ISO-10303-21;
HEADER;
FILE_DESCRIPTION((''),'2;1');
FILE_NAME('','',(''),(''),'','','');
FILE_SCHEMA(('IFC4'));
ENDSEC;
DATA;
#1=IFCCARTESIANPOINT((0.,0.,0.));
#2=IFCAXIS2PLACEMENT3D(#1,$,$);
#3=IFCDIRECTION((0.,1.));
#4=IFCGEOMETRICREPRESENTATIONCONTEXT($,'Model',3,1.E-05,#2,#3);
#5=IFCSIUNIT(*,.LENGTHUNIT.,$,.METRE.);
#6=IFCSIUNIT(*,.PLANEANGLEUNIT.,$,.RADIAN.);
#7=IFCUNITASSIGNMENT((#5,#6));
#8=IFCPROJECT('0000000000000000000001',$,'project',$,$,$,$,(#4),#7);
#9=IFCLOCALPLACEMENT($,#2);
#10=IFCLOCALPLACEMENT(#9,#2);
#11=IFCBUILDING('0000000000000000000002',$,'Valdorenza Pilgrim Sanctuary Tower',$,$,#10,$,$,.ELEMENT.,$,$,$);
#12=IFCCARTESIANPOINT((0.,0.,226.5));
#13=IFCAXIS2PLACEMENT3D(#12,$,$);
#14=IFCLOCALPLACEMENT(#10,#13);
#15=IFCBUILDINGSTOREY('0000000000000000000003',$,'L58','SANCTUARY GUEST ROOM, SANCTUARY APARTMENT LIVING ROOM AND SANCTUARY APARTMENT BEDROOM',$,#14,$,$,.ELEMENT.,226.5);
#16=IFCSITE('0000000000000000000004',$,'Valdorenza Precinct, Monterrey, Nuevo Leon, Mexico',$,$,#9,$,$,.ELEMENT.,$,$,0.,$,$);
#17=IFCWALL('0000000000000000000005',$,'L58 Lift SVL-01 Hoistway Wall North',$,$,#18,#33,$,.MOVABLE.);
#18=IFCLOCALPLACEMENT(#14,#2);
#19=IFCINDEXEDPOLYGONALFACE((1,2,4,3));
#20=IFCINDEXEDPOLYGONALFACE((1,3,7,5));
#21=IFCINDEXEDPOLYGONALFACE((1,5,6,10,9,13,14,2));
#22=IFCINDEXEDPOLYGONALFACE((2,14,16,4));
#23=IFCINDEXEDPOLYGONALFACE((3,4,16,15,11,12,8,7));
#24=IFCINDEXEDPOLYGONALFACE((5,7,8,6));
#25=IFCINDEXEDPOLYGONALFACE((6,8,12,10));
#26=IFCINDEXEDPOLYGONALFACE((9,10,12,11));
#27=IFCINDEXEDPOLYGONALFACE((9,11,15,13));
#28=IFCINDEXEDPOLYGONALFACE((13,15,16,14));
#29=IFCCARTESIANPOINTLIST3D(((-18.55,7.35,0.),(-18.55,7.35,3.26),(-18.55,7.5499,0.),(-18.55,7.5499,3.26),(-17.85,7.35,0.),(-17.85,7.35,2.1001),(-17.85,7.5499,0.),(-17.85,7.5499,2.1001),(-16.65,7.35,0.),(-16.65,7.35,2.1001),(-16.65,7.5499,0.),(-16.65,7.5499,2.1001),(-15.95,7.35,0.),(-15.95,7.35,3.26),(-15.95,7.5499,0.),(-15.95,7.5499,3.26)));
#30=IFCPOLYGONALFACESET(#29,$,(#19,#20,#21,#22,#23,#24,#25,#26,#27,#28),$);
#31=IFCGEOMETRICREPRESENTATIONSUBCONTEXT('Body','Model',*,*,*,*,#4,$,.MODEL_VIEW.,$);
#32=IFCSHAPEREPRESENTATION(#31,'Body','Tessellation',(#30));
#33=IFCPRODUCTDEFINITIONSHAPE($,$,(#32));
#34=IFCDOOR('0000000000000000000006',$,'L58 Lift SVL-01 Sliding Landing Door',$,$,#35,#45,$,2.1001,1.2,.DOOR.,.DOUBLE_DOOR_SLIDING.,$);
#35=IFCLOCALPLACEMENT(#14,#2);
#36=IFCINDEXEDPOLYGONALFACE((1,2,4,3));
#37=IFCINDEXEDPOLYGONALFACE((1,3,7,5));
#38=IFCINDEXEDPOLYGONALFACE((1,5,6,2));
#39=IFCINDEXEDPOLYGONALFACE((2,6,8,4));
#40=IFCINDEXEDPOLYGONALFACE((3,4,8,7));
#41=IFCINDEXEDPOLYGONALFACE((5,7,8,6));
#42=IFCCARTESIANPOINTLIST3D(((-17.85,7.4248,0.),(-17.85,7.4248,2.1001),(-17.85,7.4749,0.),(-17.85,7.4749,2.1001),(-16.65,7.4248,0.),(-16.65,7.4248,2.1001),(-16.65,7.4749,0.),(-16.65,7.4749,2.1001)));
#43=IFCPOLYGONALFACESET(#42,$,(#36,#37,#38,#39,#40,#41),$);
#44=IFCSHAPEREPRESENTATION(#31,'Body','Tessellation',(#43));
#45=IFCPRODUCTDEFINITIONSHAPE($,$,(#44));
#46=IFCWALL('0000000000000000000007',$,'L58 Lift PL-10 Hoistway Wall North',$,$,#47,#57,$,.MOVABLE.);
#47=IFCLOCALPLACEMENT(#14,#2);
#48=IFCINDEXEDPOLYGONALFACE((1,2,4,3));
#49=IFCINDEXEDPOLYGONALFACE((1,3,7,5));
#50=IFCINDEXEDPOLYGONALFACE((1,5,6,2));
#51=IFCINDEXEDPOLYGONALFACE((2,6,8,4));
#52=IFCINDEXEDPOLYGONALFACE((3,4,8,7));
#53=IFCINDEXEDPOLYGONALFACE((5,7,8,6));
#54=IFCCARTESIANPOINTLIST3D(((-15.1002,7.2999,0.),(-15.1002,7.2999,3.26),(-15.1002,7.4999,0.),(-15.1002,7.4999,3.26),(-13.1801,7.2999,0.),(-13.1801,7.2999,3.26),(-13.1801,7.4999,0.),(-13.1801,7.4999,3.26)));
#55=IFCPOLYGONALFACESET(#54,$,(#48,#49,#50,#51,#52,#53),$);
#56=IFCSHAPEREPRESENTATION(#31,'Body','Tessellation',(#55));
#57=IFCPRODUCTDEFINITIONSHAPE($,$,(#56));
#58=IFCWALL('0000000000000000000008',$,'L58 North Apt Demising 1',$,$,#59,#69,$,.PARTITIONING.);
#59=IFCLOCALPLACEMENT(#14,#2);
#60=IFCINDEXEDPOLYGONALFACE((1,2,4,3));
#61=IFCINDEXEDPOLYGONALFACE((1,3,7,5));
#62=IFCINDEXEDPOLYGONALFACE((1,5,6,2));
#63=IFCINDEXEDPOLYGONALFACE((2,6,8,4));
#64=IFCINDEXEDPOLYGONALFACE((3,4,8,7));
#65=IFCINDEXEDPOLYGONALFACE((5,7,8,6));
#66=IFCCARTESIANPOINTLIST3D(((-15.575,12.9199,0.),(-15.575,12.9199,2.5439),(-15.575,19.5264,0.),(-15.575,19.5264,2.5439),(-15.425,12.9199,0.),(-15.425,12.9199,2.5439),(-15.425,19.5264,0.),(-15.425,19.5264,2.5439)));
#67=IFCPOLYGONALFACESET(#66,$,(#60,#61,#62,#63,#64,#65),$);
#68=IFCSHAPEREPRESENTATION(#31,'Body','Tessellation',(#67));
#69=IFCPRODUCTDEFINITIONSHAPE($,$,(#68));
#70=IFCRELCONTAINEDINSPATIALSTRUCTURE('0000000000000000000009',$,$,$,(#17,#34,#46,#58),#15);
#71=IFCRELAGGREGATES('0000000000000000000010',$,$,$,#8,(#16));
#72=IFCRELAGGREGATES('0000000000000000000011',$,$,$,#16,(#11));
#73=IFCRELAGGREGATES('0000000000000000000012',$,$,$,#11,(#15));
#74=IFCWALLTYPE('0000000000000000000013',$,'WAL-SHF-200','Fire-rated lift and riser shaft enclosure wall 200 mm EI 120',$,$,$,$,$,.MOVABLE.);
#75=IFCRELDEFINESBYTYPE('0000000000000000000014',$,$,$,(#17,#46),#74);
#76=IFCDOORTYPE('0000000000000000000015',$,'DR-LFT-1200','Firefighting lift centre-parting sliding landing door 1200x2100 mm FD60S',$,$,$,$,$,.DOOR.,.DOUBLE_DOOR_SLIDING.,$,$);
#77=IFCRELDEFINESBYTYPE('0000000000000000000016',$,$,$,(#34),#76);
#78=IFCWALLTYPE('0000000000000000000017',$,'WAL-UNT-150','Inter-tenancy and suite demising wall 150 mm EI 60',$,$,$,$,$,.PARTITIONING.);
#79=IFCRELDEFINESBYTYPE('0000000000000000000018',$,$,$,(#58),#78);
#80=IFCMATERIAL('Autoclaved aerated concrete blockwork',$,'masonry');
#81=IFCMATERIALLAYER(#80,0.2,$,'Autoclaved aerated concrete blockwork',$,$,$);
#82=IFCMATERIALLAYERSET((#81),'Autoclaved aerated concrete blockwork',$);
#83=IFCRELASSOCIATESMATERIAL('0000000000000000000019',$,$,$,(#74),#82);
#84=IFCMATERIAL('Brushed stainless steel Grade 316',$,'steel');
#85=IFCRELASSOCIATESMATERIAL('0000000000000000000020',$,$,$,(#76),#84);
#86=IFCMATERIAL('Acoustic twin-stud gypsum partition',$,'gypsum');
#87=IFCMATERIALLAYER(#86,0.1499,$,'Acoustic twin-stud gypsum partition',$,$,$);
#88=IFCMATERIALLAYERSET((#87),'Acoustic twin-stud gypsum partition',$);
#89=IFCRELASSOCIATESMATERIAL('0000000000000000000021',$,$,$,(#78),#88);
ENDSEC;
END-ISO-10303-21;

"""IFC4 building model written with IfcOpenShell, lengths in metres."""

from ifc_helpers import new_model, si_unit, direction, frame, frame_2d, origin, place, context, subcontext, project, spatial, rectangle, extrude, material, layer, layer_set, type_object, element, fill, save


model = new_model("IFC4")

# Units and contexts
model_context = context("Model", 3, precision=1e-05, world=origin(), true_north=direction((0.0, 1.0)))
body_context = subcontext(model_context, "Body", "Model", "MODEL_VIEW")
ifc_project = project(units=[si_unit("LENGTHUNIT", "METRE"), si_unit("PLANEANGLEUNIT", "RADIAN")], contexts=[model_context])

# Site, building, storey
site_placement = place(None, origin())
site = spatial("IfcSite", under=ifc_project, at=site_placement, Name="Valdorenza Precinct, Monterrey, Nuevo Leon, Mexico", CompositionType="ELEMENT", RefElevation=0.0)
building_placement = place(site_placement, origin())
building = spatial("IfcBuilding", under=site, at=building_placement, Name="Valdorenza Pilgrim Sanctuary Tower", CompositionType="ELEMENT")
storey_placement = place(building_placement, frame((0.0, 0.0, 226.5)))
storey = spatial("IfcBuildingStorey", under=building, at=storey_placement, Name="L58", Description="SANCTUARY GUEST ROOM, SANCTUARY APARTMENT LIVING ROOM AND SANCTUARY APARTMENT BEDROOM", CompositionType="ELEMENT", Elevation=226.5)

# Shared definitions
ifc_material_1 = material(Name="Acoustic twin-stud gypsum partition", Category="gypsum")

# Wall, opening, door
ifc_material_2 = material(Name="Autoclaved aerated concrete blockwork", Category="masonry")
ifc_layer_1 = layer(ifc_material_2, 0.2, Name="Autoclaved aerated concrete blockwork")
ifc_layer_set_1 = layer_set([ifc_layer_1], Name="Autoclaved aerated concrete blockwork")
wall_type_1 = type_object("IfcWallType", Name="WAL-SHF-200", Description="Fire-rated lift and riser shaft enclosure wall 200 mm EI 120", PredefinedType="MOVABLE", material=ifc_layer_set_1)
wall_1_placement = place(storey_placement, frame((-18.55, 7.45, 0.0), z_axis=(0.0, 0.0, 1.0), x_axis=(1.0, 0.0, 0.0)))
wall_1 = element("IfcWall", 1, at=wall_1_placement, inside=storey, type_object=wall_type_1, Name="L58 Lift SVL-01 Hoistway Wall North", PredefinedType="MOVABLE", context=body_context, shape_type="SweptSolid", body=[
    extrude(rectangle(XDim=2.6001, YDim=0.2, at=frame_2d((1.3, 0.0))), origin(), (0.0, 0.0, 1.0), 3.26),
])
opening_1_placement = place(wall_1_placement, frame((0.7, 0.0, 0.0)))
opening_1 = element("IfcOpeningElement", 2, at=opening_1_placement, cuts=wall_1, PredefinedType="OPENING", context=body_context, shape_type="SweptSolid", body=[
    extrude(rectangle(XDim=1.2, YDim=2.1001, at=frame_2d((0.6001, 1.05))), frame((0.0, 0.1147, 0.0), z_axis=(0.0, -1.0, 0.0), x_axis=(1.0, 0.0, 0.0)), (0.0, 0.0, 1.0), 0.2297),
])
ifc_material_3 = material(Name="Brushed stainless steel Grade 316", Category="steel")
door_type_1 = type_object("IfcDoorType", Name="DR-LFT-1200", Description="Firefighting lift centre-parting sliding landing door 1200x2100 mm FD60S", OperationType="DOUBLE_DOOR_SLIDING", PredefinedType="DOOR", material=ifc_material_3)
door_1_placement = place(opening_1_placement, origin())
door_1 = element("IfcDoor", 3, at=door_1_placement, inside=storey, type_object=door_type_1, Name="L58 Lift SVL-01 Sliding Landing Door", OperationType="DOUBLE_DOOR_SLIDING", OverallHeight=2.1001, OverallWidth=1.2, PredefinedType="DOOR", context=body_context, shape_type="SweptSolid", body=[
    extrude(rectangle(XDim=1.2, YDim=2.1001, at=frame_2d((0.6001, 1.05))), frame((0.0, 0.0249, 0.0), z_axis=(0.0, -1.0, 0.0), x_axis=(1.0, 0.0, 0.0)), (0.0, 0.0, 1.0), 0.05),
])
fill(opening_1, door_1)

# Walls
wall_2_placement = place(storey_placement, frame((-15.1001, 7.3999, 0.0), z_axis=(0.0, 0.0, 1.0), x_axis=(1.0, 0.0, 0.0)))
element("IfcWall", 4, at=wall_2_placement, inside=storey, type_object=wall_type_1, Name="L58 Lift PL-10 Hoistway Wall North", PredefinedType="MOVABLE", context=body_context, shape_type="SweptSolid", body=[
    extrude(rectangle(XDim=1.9202, YDim=0.2, at=frame_2d((0.96, 0.0))), origin(), (0.0, 0.0, 1.0), 3.26),
])
ifc_layer_2 = layer(ifc_material_1, 0.1499, Name="Acoustic twin-stud gypsum partition")
ifc_layer_set_2 = layer_set([ifc_layer_2], Name="Acoustic twin-stud gypsum partition")
wall_type_2 = type_object("IfcWallType", Name="WAL-UNT-150", Description="Inter-tenancy and suite demising wall 150 mm EI 60", PredefinedType="PARTITIONING", material=ifc_layer_set_2)
wall_3_placement = place(storey_placement, frame((-15.5, 12.9199, 0.0), z_axis=(0.0, 0.0, 1.0), x_axis=(0.0, 1.0, 0.0)))
element("IfcWall", 5, at=wall_3_placement, inside=storey, type_object=wall_type_2, Name="L58 North Apt Demising 1", PredefinedType="PARTITIONING", context=body_context, shape_type="SweptSolid", body=[
    extrude(rectangle(XDim=6.6064, YDim=0.1499, at=frame_2d((3.3032, 0.0))), origin(), (0.0, 0.0, 1.0), 2.5439),
])

save(model, "model.ifc")
